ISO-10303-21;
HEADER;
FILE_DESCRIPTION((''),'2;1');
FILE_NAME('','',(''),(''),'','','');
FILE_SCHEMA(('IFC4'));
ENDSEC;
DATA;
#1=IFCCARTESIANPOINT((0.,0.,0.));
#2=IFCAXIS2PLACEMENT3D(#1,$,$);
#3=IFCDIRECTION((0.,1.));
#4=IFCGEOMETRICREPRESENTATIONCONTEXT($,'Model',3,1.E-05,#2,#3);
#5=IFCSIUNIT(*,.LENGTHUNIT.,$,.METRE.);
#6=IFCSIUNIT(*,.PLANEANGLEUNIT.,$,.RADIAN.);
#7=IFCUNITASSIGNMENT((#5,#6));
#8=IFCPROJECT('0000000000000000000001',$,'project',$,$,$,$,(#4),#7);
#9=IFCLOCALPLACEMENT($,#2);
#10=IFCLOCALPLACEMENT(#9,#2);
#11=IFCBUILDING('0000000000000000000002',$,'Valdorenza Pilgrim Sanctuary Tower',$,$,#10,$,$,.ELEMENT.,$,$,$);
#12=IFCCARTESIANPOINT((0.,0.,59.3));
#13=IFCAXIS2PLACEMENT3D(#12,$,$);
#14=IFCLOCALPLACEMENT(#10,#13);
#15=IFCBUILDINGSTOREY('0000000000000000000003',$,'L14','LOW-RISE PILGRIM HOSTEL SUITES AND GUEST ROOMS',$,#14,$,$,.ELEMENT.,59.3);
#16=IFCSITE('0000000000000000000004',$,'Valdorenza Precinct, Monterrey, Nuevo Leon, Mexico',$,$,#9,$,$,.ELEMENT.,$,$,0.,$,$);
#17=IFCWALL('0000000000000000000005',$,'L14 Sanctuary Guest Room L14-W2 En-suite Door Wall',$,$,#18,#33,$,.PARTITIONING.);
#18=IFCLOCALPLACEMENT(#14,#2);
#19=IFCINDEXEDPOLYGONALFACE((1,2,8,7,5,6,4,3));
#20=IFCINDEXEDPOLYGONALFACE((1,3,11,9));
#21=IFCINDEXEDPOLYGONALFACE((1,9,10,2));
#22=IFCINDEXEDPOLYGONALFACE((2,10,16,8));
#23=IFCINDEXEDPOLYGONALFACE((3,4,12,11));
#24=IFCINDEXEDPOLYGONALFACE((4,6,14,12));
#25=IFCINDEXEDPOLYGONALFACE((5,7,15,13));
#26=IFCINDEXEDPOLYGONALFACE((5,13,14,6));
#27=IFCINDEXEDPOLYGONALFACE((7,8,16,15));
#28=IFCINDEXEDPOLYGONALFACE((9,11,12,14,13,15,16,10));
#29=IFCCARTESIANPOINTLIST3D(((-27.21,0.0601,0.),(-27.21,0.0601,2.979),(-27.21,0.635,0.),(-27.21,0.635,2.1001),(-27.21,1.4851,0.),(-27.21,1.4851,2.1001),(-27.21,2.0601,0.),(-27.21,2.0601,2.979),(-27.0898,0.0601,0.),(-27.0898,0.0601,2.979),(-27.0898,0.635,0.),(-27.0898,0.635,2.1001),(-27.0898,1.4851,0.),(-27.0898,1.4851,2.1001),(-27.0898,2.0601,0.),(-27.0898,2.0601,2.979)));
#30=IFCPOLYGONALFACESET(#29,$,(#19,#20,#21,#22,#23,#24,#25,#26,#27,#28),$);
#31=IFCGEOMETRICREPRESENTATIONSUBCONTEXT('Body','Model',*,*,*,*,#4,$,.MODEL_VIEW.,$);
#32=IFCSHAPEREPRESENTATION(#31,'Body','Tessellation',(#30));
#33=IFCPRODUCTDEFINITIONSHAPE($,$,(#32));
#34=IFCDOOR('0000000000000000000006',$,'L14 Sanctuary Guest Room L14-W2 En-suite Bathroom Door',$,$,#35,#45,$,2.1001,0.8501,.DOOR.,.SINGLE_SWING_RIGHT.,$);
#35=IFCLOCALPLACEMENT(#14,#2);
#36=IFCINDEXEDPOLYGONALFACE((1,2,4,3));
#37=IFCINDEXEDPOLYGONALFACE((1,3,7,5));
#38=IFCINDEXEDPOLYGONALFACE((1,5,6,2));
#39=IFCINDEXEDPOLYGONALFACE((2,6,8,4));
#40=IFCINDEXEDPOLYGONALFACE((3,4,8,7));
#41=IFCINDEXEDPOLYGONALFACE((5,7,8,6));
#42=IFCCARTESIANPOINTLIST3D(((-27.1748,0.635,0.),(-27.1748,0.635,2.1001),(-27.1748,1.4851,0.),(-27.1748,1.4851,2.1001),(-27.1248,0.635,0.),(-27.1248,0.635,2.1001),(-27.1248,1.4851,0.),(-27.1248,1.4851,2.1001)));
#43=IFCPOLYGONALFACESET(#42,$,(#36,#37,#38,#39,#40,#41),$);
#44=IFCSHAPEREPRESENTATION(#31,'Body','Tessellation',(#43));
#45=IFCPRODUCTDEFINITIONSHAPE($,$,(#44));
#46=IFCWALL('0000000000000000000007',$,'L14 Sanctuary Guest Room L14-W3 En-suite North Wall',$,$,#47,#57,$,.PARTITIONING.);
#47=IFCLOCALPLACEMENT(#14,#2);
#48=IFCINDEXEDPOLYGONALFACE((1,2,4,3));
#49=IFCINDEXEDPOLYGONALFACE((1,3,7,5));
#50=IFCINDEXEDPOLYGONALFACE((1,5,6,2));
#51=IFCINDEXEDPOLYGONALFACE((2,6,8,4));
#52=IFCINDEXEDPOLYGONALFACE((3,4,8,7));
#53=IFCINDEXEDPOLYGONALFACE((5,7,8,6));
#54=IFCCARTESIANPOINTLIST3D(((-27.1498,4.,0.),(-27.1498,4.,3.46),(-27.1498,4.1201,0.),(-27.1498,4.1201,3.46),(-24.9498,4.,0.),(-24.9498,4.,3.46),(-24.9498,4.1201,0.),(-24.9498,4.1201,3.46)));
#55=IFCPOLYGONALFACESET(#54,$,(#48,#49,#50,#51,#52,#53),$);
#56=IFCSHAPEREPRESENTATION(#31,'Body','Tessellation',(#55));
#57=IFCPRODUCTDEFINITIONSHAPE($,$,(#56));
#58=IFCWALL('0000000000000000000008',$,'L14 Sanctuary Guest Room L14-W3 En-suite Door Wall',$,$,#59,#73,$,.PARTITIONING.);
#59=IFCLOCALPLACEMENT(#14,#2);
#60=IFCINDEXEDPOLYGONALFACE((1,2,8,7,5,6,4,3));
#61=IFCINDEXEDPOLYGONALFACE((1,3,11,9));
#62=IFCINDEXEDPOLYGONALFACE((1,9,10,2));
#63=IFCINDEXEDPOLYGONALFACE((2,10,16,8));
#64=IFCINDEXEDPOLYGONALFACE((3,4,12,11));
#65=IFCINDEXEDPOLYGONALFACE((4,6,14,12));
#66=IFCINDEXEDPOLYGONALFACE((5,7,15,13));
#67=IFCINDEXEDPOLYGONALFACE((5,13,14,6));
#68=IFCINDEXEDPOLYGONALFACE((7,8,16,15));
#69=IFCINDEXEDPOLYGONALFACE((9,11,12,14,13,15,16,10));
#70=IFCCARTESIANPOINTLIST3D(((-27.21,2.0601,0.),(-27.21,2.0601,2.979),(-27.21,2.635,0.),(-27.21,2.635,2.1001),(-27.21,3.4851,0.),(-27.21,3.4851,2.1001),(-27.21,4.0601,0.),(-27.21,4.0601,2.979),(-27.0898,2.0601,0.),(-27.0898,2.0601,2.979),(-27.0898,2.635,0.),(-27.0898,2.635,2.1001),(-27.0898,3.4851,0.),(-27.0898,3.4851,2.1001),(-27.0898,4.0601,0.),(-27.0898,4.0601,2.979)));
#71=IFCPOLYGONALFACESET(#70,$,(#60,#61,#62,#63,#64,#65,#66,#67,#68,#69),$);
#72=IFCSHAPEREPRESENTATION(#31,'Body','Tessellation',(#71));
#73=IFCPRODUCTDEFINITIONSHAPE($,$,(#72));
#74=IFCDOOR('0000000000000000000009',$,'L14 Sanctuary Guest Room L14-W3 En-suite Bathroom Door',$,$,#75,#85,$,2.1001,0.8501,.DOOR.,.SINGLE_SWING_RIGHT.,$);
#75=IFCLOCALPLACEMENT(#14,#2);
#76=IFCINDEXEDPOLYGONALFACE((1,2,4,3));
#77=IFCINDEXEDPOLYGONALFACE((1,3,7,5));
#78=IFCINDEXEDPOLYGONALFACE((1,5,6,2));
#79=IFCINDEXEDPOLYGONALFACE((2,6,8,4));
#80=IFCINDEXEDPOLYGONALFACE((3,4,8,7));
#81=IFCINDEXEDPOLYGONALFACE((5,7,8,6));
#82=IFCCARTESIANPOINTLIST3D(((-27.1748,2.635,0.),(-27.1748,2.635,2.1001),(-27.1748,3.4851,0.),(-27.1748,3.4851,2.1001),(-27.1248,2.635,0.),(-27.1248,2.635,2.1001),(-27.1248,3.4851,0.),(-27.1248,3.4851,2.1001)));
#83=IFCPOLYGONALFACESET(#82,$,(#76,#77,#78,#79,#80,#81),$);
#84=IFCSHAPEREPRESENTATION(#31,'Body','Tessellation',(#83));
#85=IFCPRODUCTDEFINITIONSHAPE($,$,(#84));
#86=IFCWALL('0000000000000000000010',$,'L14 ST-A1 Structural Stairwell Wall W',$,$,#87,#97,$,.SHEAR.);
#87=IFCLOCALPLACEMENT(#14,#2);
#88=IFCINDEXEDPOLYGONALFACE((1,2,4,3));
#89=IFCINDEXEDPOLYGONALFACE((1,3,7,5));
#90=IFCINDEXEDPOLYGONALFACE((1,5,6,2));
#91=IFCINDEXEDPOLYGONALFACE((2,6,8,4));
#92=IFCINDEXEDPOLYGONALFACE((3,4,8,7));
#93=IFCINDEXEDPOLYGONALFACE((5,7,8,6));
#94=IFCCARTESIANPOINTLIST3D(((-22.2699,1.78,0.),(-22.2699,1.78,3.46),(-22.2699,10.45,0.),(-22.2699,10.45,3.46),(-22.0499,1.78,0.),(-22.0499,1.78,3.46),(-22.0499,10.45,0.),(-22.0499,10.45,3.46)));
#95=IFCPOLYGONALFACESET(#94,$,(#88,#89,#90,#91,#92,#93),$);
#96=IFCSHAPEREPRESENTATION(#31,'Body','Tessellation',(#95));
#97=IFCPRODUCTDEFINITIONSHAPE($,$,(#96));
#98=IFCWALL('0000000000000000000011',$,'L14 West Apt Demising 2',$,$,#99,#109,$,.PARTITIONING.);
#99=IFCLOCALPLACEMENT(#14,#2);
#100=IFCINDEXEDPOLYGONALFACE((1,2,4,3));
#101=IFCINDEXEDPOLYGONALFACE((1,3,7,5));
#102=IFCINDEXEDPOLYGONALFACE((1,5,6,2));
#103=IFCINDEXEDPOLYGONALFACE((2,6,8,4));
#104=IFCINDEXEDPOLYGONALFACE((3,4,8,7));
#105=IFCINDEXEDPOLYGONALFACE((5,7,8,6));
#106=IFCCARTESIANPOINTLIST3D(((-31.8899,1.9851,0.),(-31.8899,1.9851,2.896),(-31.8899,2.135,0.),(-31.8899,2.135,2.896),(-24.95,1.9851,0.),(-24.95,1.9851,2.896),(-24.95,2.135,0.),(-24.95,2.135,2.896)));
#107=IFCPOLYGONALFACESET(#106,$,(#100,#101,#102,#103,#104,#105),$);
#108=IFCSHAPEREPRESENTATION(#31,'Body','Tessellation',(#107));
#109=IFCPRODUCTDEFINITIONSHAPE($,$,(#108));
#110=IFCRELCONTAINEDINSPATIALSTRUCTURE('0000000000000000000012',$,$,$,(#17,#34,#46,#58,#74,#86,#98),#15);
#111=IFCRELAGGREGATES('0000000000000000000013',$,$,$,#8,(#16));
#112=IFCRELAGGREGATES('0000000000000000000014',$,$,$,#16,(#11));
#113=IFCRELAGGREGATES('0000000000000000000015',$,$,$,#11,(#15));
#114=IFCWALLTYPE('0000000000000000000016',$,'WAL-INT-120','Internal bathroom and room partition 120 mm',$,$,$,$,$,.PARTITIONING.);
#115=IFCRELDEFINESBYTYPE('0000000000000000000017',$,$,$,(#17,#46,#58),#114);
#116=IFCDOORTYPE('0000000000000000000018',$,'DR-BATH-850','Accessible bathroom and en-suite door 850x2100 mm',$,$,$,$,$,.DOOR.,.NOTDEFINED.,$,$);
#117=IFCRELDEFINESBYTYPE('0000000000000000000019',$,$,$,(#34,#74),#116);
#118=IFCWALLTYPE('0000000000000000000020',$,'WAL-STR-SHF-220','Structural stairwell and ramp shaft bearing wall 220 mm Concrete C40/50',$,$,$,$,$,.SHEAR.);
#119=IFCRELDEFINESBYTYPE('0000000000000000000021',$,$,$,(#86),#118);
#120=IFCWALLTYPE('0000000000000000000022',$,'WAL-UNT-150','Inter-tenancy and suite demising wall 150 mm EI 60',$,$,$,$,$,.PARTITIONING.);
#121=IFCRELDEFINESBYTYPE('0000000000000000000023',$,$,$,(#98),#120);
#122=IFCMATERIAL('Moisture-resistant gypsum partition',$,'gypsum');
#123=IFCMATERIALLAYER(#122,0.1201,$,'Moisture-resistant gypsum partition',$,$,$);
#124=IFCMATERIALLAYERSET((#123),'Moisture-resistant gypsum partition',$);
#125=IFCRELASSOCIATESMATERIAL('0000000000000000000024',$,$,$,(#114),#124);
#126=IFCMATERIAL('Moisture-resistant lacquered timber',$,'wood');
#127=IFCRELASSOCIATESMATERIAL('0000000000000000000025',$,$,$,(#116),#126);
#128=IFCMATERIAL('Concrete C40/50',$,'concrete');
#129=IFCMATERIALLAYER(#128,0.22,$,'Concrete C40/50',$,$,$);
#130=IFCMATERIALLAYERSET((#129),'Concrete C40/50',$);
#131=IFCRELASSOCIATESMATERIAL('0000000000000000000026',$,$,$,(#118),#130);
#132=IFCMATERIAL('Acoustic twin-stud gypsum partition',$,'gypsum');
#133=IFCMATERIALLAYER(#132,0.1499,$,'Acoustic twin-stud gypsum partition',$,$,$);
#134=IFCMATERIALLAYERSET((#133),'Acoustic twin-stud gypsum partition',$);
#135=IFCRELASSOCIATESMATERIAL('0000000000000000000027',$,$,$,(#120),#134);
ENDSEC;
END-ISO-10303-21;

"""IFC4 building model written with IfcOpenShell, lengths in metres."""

from ifc_helpers import new_model, si_unit, direction, frame, frame_2d, origin, place, context, subcontext, project, spatial, rectangle, extrude, material, layer, layer_set, type_object, element, fill, save


model = new_model("IFC4")

# Units and contexts
model_context = context("Model", 3, precision=1e-05, world=origin(), true_north=direction((0.0, 1.0)))
body_context = subcontext(model_context, "Body", "Model", "MODEL_VIEW")
ifc_project = project(units=[si_unit("LENGTHUNIT", "METRE"), si_unit("PLANEANGLEUNIT", "RADIAN")], contexts=[model_context])

# Site, building, storey
site_placement = place(None, origin())
site = spatial("IfcSite", under=ifc_project, at=site_placement, Name="Valdorenza Precinct, Monterrey, Nuevo Leon, Mexico", CompositionType="ELEMENT", RefElevation=0.0)
building_placement = place(site_placement, origin())
building = spatial("IfcBuilding", under=site, at=building_placement, Name="Valdorenza Pilgrim Sanctuary Tower", CompositionType="ELEMENT")
storey_placement = place(building_placement, frame((0.0, 0.0, 59.3)))
storey = spatial("IfcBuildingStorey", under=building, at=storey_placement, Name="L14", Description="LOW-RISE PILGRIM HOSTEL SUITES AND GUEST ROOMS", CompositionType="ELEMENT", Elevation=59.3)

# Shared definitions
ifc_material_1 = material(Name="Moisture-resistant gypsum partition", Category="gypsum")
ifc_layer_1 = layer(ifc_material_1, 0.1201, Name="Moisture-resistant gypsum partition")
ifc_layer_set_1 = layer_set([ifc_layer_1], Name="Moisture-resistant gypsum partition")
wall_type_1 = type_object("IfcWallType", Name="WAL-INT-120", Description="Internal bathroom and room partition 120 mm", PredefinedType="PARTITIONING", material=ifc_layer_set_1)

# Wall, opening, door
wall_1_placement = place(storey_placement, frame((-27.1499, 0.0601, 0.0), z_axis=(0.0, 0.0, 1.0), x_axis=(0.0, 1.0, 0.0)))
wall_1 = element("IfcWall", 1, at=wall_1_placement, inside=storey, type_object=wall_type_1, Name="L14 Sanctuary Guest Room L14-W2 En-suite Door Wall", PredefinedType="PARTITIONING", context=body_context, shape_type="SweptSolid", body=[
    extrude(rectangle(XDim=2.0, YDim=0.1201, at=frame_2d((1.0, 0.0))), origin(), (0.0, 0.0, 1.0), 2.979),
])
opening_1_placement = place(wall_1_placement, frame((0.575, 0.0, 0.0)))
opening_1 = element("IfcOpeningElement", 2, at=opening_1_placement, cuts=wall_1, PredefinedType="OPENING", context=body_context, shape_type="SweptSolid", body=[
    extrude(rectangle(XDim=0.8501, YDim=2.1001, at=frame_2d((0.425, 1.05))), frame((0.0, 0.075, 0.0), z_axis=(0.0, -1.0, 0.0), x_axis=(1.0, 0.0, 0.0)), (0.0, 0.0, 1.0), 0.1499),
])
ifc_material_2 = material(Name="Moisture-resistant lacquered timber", Category="wood")
door_type_1 = type_object("IfcDoorType", Name="DR-BATH-850", Description="Accessible bathroom and en-suite door 850x2100 mm", OperationType="NOTDEFINED", PredefinedType="DOOR", material=ifc_material_2)
door_1_placement = place(opening_1_placement, origin())
door_1 = element("IfcDoor", 3, at=door_1_placement, inside=storey, type_object=door_type_1, Name="L14 Sanctuary Guest Room L14-W2 En-suite Bathroom Door", OperationType="SINGLE_SWING_RIGHT", OverallHeight=2.1001, OverallWidth=0.8501, PredefinedType="DOOR", context=body_context, shape_type="SweptSolid", body=[
    extrude(rectangle(XDim=0.8501, YDim=2.1001, at=frame_2d((0.425, 1.05))), frame((0.0, 0.0249, 0.0), z_axis=(0.0, -1.0, 0.0), x_axis=(1.0, 0.0, 0.0)), (0.0, 0.0, 1.0), 0.05),
])
fill(opening_1, door_1)

# Wall
wall_2_placement = place(storey_placement, frame((-27.1499, 4.0601, 0.0), z_axis=(0.0, 0.0, 1.0), x_axis=(1.0, 0.0, 0.0)))
element("IfcWall", 4, at=wall_2_placement, inside=storey, type_object=wall_type_1, Name="L14 Sanctuary Guest Room L14-W3 En-suite North Wall", PredefinedType="PARTITIONING", context=body_context, shape_type="SweptSolid", body=[
    extrude(rectangle(XDim=2.2, YDim=0.1201, at=frame_2d((1.1001, 0.0))), origin(), (0.0, 0.0, 1.0), 3.46),
])

# Wall, opening, door
wall_3_placement = place(storey_placement, frame((-27.1499, 2.0601, 0.0), z_axis=(0.0, 0.0, 1.0), x_axis=(0.0, 1.0, 0.0)))
wall_3 = element("IfcWall", 5, at=wall_3_placement, inside=storey, type_object=wall_type_1, Name="L14 Sanctuary Guest Room L14-W3 En-suite Door Wall", PredefinedType="PARTITIONING", context=body_context, shape_type="SweptSolid", body=[
    extrude(rectangle(XDim=2.0, YDim=0.1201, at=frame_2d((1.0, 0.0))), origin(), (0.0, 0.0, 1.0), 2.979),
])
opening_2_placement = place(wall_3_placement, frame((0.575, 0.0, 0.0)))
opening_2 = element("IfcOpeningElement", 6, at=opening_2_placement, cuts=wall_3, PredefinedType="OPENING", context=body_context, shape_type="SweptSolid", body=[
    extrude(rectangle(XDim=0.8501, YDim=2.1001, at=frame_2d((0.425, 1.05))), frame((0.0, 0.075, 0.0), z_axis=(0.0, -1.0, 0.0), x_axis=(1.0, 0.0, 0.0)), (0.0, 0.0, 1.0), 0.1499),
])
door_2_placement = place(opening_2_placement, origin())
door_2 = element("IfcDoor", 7, at=door_2_placement, inside=storey, type_object=door_type_1, Name="L14 Sanctuary Guest Room L14-W3 En-suite Bathroom Door", OperationType="SINGLE_SWING_RIGHT", OverallHeight=2.1001, OverallWidth=0.8501, PredefinedType="DOOR", context=body_context, shape_type="SweptSolid", body=[
    extrude(rectangle(XDim=0.8501, YDim=2.1001, at=frame_2d((0.425, 1.05))), frame((0.0, 0.0249, 0.0), z_axis=(0.0, -1.0, 0.0), x_axis=(1.0, 0.0, 0.0)), (0.0, 0.0, 1.0), 0.05),
])
fill(opening_2, door_2)

# Wall
ifc_material_3 = material(Name="Concrete C40/50", Category="concrete")
ifc_layer_2 = layer(ifc_material_3, 0.22, Name="Concrete C40/50")
ifc_layer_set_2 = layer_set([ifc_layer_2], Name="Concrete C40/50")
wall_type_2 = type_object("IfcWallType", Name="WAL-STR-SHF-220", Description="Structural stairwell and ramp shaft bearing wall 220 mm Concrete C40/50", PredefinedType="SHEAR", material=ifc_layer_set_2)
wall_4_placement = place(storey_placement, frame((-22.1599, 1.78, 0.0), z_axis=(0.0, 0.0, 1.0), x_axis=(0.0, 1.0, 0.0)))
element("IfcWall", 8, at=wall_4_placement, inside=storey, type_object=wall_type_2, Name="L14 ST-A1 Structural Stairwell Wall W", PredefinedType="SHEAR", context=body_context, shape_type="SweptSolid", body=[
    extrude(rectangle(XDim=8.6699, YDim=0.22, at=frame_2d((4.335, 0.0))), origin(), (0.0, 0.0, 1.0), 3.46),
])

# Wall
ifc_material_4 = material(Name="Acoustic twin-stud gypsum partition", Category="gypsum")
ifc_layer_3 = layer(ifc_material_4, 0.1499, Name="Acoustic twin-stud gypsum partition")
ifc_layer_set_3 = layer_set([ifc_layer_3], Name="Acoustic twin-stud gypsum partition")
wall_type_3 = type_object("IfcWallType", Name="WAL-UNT-150", Description="Inter-tenancy and suite demising wall 150 mm EI 60", PredefinedType="PARTITIONING", material=ifc_layer_set_3)
wall_5_placement = place(storey_placement, frame((-31.8899, 2.0601, 0.0), z_axis=(0.0, 0.0, 1.0), x_axis=(1.0, 0.0, 0.0)))
element("IfcWall", 9, at=wall_5_placement, inside=storey, type_object=wall_type_3, Name="L14 West Apt Demising 2", PredefinedType="PARTITIONING", context=body_context, shape_type="SweptSolid", body=[
    extrude(rectangle(XDim=6.9399, YDim=0.1499, at=frame_2d((3.47, 0.0))), origin(), (0.0, 0.0, 1.0), 2.896),
])

save(model, "model.ifc")
